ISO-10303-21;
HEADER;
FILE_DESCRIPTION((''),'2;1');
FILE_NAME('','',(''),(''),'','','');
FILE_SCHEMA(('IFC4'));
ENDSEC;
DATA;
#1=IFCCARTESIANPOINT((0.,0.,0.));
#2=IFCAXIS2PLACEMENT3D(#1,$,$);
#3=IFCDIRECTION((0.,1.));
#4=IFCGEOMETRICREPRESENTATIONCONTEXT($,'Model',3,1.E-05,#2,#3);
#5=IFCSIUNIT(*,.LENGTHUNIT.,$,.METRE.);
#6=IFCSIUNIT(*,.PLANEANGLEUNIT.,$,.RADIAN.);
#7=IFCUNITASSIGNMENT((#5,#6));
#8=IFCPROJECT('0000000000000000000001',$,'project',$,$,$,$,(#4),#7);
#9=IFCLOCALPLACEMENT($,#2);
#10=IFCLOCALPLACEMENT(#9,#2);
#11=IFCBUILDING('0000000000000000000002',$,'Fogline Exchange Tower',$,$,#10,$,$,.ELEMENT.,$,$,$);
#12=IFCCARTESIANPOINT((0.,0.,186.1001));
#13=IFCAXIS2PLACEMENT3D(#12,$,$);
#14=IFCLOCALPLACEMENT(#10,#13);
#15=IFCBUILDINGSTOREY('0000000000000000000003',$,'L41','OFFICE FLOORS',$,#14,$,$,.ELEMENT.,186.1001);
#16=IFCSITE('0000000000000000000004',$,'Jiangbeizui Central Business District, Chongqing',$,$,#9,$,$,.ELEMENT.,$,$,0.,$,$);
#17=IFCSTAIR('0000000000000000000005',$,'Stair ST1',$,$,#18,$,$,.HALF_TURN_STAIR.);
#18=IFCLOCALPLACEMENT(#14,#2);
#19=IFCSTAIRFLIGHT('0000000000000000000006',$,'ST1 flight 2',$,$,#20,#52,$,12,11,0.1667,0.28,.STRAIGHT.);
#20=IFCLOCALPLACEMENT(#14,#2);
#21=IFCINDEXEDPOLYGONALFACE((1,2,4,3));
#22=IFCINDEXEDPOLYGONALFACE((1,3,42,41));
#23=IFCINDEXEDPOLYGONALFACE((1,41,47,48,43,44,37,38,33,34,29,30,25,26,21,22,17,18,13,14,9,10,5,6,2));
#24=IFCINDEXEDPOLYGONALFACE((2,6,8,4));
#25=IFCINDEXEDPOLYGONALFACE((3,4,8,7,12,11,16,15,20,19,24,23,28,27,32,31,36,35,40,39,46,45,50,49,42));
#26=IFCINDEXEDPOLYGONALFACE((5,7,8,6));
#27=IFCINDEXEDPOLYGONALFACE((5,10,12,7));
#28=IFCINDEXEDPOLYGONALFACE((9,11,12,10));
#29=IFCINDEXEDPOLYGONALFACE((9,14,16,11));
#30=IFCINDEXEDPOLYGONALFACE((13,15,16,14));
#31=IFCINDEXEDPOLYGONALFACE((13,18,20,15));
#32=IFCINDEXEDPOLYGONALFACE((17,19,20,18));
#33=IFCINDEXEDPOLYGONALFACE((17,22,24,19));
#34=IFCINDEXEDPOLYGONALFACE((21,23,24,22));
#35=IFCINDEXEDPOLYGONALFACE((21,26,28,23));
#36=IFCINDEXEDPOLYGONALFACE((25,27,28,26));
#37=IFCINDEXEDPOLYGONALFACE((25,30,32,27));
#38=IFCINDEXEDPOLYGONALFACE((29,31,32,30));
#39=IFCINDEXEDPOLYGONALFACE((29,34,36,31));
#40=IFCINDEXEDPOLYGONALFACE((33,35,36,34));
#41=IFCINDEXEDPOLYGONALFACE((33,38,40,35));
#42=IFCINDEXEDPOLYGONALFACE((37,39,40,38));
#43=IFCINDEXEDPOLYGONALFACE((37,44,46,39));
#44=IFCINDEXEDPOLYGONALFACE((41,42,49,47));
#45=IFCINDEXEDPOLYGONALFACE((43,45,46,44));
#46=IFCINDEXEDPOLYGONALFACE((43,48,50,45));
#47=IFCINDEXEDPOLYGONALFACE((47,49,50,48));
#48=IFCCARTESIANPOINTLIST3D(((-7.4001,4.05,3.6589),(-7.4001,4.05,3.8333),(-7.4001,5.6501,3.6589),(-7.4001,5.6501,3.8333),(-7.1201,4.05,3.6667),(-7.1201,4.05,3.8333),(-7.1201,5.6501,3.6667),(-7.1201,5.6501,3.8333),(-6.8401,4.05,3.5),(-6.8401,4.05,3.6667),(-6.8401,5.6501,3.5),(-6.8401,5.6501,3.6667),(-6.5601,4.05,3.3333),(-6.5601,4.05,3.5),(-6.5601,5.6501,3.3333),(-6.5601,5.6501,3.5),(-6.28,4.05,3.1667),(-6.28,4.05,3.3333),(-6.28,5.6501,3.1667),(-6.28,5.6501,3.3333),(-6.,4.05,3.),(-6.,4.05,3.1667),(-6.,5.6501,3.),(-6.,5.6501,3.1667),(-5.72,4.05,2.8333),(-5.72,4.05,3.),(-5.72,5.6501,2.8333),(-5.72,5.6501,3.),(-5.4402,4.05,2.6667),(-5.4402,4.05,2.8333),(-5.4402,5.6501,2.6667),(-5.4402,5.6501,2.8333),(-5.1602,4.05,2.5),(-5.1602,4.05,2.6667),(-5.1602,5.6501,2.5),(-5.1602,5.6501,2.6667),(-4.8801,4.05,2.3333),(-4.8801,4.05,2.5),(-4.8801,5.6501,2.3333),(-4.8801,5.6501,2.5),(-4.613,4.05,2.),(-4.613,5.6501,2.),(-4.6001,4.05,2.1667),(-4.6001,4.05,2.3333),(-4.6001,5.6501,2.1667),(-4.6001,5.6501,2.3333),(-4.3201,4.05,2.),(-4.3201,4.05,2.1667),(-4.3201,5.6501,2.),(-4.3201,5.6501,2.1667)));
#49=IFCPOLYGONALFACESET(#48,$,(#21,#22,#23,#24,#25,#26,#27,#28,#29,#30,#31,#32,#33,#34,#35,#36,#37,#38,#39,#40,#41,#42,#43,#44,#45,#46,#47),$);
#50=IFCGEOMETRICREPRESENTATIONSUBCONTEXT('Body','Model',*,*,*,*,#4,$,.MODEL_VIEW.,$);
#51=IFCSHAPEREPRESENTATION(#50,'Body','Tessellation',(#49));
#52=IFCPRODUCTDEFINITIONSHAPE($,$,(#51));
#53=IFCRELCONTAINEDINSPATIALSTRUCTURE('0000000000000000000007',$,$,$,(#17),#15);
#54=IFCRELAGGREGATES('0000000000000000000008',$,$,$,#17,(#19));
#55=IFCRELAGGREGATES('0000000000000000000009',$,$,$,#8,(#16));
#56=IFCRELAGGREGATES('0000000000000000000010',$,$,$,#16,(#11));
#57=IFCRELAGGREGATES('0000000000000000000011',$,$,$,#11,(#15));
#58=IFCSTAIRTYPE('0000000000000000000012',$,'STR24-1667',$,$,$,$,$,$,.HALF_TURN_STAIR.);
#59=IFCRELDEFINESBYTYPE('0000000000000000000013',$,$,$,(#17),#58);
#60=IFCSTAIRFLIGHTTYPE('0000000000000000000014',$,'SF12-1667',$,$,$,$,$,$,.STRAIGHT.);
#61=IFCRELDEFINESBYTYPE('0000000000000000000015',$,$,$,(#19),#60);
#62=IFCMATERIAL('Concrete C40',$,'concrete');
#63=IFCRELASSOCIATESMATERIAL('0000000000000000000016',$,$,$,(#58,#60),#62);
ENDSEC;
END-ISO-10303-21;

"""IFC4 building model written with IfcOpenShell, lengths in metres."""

from ifc_helpers import new_model, si_unit, direction, frame, origin, place, context, subcontext, project, spatial, polyline, outline, extrude, material, type_object, element, aggregate, save


model = new_model("IFC4")

# Units and contexts
model_context = context("Model", 3, precision=1e-05, world=origin(), true_north=direction((0.0, 1.0)))
body_context = subcontext(model_context, "Body", "Model", "MODEL_VIEW")
ifc_project = project(units=[si_unit("LENGTHUNIT", "METRE"), si_unit("PLANEANGLEUNIT", "RADIAN")], contexts=[model_context])

# Site, building, storey
site_placement = place(None, origin())
site = spatial("IfcSite", under=ifc_project, at=site_placement, Name="Jiangbeizui Central Business District, Chongqing", CompositionType="ELEMENT", RefElevation=0.0)
building_placement = place(site_placement, origin())
building = spatial("IfcBuilding", under=site, at=building_placement, Name="Fogline Exchange Tower", CompositionType="ELEMENT")
storey_placement = place(building_placement, frame((0.0, 0.0, 186.1001)))
storey = spatial("IfcBuildingStorey", under=building, at=storey_placement, Name="L41", Description="OFFICE FLOORS", CompositionType="ELEMENT", Elevation=186.1001)

# Shared definitions
ifc_material_1 = material(Name="Concrete C40", Category="concrete")

# Stair, stair flight
stair_type = type_object("IfcStairType", Name="STR24-1667", PredefinedType="HALF_TURN_STAIR", material=ifc_material_1)
stair_placement = place(storey_placement, origin())
stair = element("IfcStair", 1, at=stair_placement, inside=storey, type_object=stair_type, Name="Stair ST1", PredefinedType="HALF_TURN_STAIR")
stair_flight_type = type_object("IfcStairFlightType", Name="SF12-1667", PredefinedType="STRAIGHT", material=ifc_material_1)
stair_flight_1_placement = place(storey_placement, frame((-4.3201, 4.8501, 2.0), z_axis=(0.0, 0.0, 1.0), x_axis=(-1.0, 0.0, 0.0)))
stair_flight_1 = element("IfcStairFlight", 2, at=stair_flight_1_placement, type_object=stair_flight_type, Name="ST1 flight 2", NumberOfRisers=12, NumberOfTreads=11, PredefinedType="STRAIGHT", RiserHeight=0.1667, TreadLength=0.28, context=body_context, shape_type="SweptSolid", body=[
    extrude(outline(polyline([(0.0, 0.0), (0.0, 0.1667), (0.28, 0.1667), (0.28, 0.3333), (0.5601, 0.3333), (0.5601, 0.5), (0.8401, 0.5), (0.8401, 0.6667), (1.1201, 0.6667), (1.1201, 0.8333), (1.3999, 0.8333), (1.3999, 1.0), (1.6799, 1.0), (1.6799, 1.1667), (1.96, 1.1667), (1.96, 1.3333), (2.24, 1.3333), (2.24, 1.5), (2.52, 1.5), (2.52, 1.6667), (2.8, 1.6667), (2.8, 1.8333), (3.0801, 1.8333), (3.0801, 2.0), (3.0801, 1.6589), (0.293, 0.0), (0.0, 0.0)])), frame((0.0, 0.8, 0.0), z_axis=(0.0, -1.0, 0.0), x_axis=(1.0, 0.0, 0.0)), (0.0, 0.0, 1.0), 1.6001),
])
aggregate(stair, [stair_flight_1])

save(model, "model.ifc")
